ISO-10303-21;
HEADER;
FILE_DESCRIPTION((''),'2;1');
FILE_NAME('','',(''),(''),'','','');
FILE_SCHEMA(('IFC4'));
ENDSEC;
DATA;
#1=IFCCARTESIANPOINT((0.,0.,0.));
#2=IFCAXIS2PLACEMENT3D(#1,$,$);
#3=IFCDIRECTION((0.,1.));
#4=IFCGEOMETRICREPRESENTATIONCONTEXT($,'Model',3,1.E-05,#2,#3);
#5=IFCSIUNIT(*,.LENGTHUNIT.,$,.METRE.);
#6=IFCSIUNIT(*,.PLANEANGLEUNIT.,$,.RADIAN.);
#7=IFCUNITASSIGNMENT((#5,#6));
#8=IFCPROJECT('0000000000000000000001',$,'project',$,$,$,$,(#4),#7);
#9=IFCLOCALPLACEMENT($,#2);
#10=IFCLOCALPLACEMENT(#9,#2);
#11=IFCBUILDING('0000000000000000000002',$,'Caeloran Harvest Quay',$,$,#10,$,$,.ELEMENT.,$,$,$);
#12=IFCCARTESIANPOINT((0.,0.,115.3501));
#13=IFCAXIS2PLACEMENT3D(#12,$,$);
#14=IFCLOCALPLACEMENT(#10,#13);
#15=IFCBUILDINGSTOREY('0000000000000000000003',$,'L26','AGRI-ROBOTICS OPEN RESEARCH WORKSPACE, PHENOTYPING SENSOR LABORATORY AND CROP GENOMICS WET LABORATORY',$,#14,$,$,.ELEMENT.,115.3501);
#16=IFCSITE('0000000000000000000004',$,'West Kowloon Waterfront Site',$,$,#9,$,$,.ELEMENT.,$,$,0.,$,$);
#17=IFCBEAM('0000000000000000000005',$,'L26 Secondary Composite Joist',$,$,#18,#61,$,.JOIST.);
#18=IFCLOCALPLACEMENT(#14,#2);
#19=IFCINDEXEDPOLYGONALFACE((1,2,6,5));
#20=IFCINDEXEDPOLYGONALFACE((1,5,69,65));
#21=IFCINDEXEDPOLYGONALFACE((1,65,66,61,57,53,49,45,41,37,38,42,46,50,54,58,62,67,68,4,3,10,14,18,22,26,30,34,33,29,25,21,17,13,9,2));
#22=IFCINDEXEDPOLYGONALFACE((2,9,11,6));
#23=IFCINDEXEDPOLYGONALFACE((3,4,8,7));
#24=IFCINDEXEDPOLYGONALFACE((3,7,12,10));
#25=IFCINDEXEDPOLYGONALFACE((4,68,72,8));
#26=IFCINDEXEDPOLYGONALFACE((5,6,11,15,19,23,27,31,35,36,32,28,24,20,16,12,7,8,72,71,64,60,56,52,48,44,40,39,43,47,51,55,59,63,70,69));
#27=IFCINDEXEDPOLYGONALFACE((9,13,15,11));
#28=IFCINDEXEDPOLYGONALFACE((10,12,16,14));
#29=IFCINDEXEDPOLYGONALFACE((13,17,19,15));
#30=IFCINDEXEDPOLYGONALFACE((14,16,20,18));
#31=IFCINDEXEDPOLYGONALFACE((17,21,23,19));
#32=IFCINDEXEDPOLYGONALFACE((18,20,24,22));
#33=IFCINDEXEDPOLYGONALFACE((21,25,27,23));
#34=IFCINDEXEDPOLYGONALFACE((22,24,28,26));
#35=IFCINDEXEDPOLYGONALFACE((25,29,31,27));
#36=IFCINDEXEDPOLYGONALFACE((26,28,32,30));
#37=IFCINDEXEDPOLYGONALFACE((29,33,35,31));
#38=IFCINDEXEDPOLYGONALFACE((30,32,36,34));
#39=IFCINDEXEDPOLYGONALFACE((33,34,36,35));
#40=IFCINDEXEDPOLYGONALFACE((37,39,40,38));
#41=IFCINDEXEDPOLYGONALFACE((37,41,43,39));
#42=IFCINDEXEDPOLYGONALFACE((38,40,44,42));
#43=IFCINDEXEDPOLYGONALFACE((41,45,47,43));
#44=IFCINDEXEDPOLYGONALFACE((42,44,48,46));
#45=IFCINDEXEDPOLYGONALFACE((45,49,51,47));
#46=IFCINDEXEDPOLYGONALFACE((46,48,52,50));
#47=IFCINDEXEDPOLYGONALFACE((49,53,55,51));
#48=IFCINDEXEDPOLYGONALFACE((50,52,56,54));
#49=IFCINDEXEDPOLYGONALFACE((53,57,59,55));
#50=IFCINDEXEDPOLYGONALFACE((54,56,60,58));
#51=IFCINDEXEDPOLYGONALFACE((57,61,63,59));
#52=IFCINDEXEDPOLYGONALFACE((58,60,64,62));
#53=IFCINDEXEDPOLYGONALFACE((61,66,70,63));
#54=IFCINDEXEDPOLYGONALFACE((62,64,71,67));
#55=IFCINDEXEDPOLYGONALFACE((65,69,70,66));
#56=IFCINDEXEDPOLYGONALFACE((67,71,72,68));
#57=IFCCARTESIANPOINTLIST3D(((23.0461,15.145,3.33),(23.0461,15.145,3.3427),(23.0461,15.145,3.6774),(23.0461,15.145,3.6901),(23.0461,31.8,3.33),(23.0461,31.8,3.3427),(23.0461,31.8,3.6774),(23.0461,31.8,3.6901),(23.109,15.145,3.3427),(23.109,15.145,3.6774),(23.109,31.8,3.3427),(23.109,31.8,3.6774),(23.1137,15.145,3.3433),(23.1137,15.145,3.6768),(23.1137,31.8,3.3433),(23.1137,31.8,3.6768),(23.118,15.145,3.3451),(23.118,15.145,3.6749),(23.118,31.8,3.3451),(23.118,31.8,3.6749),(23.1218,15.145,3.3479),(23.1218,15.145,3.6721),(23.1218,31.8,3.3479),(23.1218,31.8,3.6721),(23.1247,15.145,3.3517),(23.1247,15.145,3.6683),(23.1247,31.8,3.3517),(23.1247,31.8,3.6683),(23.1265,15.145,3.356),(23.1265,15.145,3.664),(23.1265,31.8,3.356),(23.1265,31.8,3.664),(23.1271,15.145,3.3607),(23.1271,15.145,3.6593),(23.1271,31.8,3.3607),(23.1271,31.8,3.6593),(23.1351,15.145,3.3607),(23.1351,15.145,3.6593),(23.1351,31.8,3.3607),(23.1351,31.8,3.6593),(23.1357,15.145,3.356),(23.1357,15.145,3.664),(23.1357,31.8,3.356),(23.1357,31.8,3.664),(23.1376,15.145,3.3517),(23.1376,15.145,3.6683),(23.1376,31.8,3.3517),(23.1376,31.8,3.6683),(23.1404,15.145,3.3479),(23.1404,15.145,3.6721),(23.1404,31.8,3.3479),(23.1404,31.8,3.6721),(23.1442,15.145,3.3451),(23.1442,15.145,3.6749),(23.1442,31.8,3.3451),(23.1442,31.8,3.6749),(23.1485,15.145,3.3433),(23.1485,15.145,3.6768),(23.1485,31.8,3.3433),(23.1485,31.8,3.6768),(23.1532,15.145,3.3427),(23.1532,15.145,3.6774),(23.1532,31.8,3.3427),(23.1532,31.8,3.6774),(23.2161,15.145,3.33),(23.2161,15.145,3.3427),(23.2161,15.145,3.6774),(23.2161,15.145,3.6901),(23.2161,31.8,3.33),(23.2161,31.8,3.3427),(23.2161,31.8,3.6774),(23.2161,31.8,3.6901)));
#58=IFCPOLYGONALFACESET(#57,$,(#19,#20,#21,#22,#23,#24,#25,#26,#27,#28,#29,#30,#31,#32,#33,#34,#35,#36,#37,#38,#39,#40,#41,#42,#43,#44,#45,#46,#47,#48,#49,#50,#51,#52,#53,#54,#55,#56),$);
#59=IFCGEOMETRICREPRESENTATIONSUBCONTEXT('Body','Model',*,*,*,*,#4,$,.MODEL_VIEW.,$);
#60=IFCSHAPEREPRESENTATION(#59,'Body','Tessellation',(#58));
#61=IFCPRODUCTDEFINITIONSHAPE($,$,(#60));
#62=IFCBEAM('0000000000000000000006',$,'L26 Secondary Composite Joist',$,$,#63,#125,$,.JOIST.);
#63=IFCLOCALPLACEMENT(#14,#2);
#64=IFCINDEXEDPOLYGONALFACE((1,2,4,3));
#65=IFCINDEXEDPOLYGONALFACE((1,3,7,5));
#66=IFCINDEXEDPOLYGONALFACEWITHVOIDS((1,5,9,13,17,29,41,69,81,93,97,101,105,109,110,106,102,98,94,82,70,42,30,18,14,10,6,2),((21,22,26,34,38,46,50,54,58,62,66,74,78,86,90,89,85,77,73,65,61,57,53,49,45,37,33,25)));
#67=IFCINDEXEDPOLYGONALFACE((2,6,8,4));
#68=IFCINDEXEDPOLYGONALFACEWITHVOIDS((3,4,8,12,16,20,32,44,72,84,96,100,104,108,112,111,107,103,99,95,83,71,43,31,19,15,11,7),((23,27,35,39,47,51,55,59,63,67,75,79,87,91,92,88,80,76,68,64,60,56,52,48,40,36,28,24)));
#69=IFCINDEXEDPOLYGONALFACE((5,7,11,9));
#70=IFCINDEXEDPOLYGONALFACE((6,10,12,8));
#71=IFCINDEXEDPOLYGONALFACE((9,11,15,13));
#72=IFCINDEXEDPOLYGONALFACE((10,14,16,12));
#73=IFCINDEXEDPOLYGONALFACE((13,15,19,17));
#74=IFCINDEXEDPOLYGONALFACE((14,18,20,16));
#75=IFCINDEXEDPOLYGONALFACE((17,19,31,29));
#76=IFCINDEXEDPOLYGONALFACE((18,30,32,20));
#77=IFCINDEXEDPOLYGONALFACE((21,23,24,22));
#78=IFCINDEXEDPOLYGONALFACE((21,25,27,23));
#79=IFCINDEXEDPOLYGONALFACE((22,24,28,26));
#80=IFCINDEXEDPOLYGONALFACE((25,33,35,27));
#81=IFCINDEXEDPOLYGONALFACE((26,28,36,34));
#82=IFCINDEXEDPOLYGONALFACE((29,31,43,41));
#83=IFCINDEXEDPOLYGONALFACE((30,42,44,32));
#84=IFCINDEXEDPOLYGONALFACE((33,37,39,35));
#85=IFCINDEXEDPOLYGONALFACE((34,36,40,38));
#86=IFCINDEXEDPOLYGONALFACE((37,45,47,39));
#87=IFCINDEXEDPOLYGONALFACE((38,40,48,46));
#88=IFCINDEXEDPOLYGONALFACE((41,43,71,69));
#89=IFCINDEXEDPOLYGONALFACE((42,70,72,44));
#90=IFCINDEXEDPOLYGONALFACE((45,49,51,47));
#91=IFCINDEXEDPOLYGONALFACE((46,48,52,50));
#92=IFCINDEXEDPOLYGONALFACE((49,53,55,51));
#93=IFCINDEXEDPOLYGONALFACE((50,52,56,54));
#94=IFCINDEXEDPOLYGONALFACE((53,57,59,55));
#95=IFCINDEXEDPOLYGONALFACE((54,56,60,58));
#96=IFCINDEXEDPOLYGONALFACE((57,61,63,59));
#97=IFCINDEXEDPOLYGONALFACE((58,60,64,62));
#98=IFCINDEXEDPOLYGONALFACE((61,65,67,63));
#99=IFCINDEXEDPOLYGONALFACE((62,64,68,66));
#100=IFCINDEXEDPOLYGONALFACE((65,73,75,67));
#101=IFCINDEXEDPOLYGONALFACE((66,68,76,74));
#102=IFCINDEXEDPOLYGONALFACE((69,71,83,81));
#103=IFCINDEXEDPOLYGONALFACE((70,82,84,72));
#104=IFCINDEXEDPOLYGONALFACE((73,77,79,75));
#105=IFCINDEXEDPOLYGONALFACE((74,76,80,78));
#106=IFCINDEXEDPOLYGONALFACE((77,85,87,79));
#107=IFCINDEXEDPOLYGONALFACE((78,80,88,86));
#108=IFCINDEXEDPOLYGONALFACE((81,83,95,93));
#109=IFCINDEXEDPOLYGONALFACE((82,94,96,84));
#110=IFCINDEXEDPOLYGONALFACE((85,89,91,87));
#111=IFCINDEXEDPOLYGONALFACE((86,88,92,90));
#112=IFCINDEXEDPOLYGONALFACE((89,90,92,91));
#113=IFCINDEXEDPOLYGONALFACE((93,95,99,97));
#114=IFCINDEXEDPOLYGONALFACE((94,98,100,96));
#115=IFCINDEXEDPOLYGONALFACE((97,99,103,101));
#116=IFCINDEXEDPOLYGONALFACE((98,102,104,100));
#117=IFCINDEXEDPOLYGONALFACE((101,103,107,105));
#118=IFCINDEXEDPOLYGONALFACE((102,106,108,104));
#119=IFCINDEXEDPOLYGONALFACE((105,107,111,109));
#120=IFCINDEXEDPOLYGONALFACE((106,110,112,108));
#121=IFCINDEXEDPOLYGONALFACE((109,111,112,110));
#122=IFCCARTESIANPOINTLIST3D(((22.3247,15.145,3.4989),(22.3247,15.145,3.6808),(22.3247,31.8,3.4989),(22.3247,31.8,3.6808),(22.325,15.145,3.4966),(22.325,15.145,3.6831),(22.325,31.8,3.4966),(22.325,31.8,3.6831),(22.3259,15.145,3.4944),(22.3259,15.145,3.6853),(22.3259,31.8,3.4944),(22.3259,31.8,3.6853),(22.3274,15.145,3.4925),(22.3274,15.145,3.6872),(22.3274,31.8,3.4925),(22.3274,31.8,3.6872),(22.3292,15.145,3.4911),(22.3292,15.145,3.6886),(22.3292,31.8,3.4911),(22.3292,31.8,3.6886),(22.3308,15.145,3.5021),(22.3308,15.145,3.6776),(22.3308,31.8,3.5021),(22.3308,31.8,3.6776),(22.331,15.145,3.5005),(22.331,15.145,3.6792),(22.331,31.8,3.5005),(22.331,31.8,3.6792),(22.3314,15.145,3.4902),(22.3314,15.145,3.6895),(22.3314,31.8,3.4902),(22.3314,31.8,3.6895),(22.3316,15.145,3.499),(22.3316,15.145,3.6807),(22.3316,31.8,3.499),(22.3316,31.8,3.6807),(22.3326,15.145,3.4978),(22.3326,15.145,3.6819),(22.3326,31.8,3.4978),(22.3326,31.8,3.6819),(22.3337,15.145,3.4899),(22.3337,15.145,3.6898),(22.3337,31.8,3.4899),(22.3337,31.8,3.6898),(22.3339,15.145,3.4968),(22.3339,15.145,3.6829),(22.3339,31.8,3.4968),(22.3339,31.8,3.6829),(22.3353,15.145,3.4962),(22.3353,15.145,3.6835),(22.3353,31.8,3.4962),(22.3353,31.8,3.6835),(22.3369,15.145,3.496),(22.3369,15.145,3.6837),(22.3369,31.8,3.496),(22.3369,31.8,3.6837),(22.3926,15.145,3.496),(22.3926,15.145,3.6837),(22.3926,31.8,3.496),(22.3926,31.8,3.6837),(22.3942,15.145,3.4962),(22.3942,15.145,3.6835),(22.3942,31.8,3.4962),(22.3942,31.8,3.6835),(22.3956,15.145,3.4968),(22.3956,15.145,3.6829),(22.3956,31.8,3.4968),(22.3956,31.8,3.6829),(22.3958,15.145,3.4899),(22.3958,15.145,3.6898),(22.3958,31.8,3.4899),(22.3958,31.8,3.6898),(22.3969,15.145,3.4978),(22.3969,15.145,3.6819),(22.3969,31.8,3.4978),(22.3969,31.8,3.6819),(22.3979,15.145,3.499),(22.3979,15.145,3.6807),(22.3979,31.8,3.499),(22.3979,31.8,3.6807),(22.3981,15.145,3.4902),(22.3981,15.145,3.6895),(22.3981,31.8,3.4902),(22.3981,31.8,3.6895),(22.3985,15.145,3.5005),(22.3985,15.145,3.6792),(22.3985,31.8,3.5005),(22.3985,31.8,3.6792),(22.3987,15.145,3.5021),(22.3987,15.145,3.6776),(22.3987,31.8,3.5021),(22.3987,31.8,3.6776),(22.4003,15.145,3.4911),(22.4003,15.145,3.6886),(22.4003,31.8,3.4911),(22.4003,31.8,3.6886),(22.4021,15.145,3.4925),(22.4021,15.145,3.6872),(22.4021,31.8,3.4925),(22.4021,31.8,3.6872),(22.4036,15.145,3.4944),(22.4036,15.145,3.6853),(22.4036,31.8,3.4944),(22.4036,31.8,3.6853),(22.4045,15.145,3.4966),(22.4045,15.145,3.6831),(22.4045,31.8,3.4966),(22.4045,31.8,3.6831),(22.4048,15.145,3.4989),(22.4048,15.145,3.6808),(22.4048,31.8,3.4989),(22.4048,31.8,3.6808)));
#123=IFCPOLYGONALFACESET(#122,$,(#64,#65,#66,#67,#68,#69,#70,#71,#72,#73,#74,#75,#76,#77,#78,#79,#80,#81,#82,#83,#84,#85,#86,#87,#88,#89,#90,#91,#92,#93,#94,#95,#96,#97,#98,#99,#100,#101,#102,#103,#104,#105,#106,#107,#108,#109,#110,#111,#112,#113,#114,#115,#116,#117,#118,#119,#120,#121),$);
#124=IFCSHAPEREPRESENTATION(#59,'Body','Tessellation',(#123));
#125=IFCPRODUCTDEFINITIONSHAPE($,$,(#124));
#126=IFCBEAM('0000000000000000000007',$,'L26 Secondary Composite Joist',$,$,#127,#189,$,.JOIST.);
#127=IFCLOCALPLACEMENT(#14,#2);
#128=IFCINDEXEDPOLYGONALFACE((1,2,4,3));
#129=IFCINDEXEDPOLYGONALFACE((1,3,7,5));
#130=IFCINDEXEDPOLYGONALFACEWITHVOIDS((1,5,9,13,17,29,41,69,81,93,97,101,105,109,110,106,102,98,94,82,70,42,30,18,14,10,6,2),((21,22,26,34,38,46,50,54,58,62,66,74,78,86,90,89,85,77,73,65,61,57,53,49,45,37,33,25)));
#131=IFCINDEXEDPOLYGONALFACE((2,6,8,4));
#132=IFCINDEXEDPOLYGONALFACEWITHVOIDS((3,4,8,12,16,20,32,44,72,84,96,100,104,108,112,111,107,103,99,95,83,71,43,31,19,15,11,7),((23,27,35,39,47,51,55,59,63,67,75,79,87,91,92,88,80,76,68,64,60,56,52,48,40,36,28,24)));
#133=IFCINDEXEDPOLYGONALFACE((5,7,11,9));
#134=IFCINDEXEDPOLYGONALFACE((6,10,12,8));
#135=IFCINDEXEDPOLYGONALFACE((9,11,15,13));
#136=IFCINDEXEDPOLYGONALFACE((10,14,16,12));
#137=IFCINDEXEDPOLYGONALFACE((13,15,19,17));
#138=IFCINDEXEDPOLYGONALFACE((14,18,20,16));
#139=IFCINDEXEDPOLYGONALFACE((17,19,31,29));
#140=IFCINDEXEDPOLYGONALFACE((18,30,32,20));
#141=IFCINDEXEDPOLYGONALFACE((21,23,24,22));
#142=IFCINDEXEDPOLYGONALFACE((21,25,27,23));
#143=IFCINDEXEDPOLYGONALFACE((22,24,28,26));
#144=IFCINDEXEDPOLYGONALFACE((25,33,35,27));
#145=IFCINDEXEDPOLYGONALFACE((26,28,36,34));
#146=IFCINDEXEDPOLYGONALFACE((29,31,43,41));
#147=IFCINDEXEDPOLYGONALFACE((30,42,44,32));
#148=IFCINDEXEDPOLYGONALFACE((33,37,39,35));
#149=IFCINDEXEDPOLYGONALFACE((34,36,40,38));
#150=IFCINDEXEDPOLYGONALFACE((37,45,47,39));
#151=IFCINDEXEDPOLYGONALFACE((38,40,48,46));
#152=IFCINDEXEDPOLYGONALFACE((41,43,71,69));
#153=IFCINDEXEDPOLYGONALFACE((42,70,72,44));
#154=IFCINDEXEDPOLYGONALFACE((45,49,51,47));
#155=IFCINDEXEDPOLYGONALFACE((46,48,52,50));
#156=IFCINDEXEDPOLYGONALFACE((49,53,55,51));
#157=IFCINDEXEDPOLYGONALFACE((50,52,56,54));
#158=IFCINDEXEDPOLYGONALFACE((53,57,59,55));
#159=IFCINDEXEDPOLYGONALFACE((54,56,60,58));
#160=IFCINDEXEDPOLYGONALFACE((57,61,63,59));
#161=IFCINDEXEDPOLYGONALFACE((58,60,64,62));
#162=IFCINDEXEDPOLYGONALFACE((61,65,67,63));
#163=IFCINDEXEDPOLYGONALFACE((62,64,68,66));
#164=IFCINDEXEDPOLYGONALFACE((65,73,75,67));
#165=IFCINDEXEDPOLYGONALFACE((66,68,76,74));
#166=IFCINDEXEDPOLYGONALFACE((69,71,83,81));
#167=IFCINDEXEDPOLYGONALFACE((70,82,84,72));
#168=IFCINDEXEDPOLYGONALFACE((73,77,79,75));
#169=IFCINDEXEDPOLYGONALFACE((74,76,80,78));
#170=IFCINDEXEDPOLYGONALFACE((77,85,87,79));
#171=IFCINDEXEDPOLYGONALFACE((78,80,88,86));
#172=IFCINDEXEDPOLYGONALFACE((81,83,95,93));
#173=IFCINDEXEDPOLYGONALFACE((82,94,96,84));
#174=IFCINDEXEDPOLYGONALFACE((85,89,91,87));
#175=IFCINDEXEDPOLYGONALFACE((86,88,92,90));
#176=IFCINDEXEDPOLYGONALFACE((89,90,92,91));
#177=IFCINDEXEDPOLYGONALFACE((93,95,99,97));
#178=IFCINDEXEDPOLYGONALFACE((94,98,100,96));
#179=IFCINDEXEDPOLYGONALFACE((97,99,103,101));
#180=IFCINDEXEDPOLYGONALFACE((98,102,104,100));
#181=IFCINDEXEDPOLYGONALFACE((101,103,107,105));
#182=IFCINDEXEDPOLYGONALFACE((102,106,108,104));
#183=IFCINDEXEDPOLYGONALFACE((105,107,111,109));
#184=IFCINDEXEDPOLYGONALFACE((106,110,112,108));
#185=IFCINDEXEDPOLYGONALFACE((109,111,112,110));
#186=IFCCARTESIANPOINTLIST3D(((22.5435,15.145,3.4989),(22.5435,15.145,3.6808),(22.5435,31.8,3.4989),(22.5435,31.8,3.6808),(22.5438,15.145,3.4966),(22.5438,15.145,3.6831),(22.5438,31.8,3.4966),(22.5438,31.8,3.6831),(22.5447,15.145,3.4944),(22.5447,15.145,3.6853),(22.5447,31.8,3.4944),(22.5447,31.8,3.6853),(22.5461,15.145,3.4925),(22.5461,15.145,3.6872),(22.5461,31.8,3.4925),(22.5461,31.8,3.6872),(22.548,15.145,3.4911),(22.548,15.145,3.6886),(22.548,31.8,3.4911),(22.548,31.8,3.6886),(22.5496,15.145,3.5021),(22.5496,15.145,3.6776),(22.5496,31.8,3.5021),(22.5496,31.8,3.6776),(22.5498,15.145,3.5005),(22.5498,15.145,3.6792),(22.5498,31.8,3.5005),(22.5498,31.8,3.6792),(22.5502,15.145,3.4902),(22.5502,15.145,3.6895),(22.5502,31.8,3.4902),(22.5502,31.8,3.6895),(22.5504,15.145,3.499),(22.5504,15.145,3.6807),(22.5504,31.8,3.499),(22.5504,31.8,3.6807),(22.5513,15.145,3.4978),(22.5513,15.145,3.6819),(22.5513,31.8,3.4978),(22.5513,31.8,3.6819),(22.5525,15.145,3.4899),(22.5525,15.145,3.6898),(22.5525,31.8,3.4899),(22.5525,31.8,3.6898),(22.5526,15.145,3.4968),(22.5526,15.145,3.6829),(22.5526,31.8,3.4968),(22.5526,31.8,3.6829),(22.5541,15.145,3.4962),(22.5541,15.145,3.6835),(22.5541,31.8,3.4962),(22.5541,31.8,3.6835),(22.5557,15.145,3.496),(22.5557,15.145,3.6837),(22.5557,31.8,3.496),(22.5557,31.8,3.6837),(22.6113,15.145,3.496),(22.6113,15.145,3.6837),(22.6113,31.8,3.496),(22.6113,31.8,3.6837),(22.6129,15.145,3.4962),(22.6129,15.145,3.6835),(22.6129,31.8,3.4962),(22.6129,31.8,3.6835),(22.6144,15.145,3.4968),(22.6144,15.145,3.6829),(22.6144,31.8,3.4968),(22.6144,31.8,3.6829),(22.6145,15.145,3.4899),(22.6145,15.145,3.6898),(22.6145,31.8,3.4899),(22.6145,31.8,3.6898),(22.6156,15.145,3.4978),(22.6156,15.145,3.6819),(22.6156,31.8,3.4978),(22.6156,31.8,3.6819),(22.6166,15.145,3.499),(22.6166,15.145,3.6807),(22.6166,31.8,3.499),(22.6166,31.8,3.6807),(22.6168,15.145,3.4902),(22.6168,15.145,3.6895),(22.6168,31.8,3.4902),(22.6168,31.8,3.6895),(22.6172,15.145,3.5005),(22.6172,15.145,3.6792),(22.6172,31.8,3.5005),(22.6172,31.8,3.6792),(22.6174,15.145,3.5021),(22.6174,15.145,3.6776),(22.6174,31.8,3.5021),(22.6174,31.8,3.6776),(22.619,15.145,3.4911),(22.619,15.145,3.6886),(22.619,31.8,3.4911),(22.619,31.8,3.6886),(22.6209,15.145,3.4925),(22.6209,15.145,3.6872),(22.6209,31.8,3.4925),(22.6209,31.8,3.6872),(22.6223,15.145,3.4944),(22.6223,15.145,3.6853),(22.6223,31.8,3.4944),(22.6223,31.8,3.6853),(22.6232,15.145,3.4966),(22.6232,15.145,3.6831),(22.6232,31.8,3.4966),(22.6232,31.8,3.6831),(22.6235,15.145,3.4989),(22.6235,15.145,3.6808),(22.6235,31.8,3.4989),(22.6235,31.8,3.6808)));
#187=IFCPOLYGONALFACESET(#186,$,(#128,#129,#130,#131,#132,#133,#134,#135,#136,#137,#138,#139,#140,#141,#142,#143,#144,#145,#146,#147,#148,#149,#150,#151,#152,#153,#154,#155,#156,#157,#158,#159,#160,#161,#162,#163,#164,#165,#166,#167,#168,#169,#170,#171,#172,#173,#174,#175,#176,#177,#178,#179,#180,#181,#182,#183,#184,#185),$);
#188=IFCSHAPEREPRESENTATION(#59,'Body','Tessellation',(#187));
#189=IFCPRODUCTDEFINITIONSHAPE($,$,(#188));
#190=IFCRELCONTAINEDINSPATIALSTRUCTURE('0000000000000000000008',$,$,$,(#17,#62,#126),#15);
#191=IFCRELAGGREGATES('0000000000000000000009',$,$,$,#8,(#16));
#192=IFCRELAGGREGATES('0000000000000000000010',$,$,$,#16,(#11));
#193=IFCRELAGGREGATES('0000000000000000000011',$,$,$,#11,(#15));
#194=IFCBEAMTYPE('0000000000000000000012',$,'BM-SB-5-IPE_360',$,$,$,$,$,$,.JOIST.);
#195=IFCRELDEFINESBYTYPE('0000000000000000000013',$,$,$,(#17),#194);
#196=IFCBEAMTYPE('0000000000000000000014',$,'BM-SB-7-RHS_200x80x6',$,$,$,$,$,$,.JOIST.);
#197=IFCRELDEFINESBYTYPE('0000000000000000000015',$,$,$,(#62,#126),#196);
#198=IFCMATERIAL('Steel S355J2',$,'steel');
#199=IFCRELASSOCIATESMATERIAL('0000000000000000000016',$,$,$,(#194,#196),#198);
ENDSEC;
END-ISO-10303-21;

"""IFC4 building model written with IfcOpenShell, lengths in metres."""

from ifc_helpers import new_model, si_unit, direction, frame, origin, origin_2d, place, context, subcontext, project, spatial, hollow_rectangle, i_section, extrude, material, material_profile, profile_set, type_object, element, save


model = new_model("IFC4")

# Units and contexts
model_context = context("Model", 3, precision=1e-05, world=origin(), true_north=direction((0.0, 1.0)))
body_context = subcontext(model_context, "Body", "Model", "MODEL_VIEW")
ifc_project = project(units=[si_unit("LENGTHUNIT", "METRE"), si_unit("PLANEANGLEUNIT", "RADIAN")], contexts=[model_context])

# Site, building, storey
site_placement = place(None, origin())
site = spatial("IfcSite", under=ifc_project, at=site_placement, Name="West Kowloon Waterfront Site", CompositionType="ELEMENT", RefElevation=0.0)
building_placement = place(site_placement, origin())
building = spatial("IfcBuilding", under=site, at=building_placement, Name="Caeloran Harvest Quay", CompositionType="ELEMENT")
storey_placement = place(building_placement, frame((0.0, 0.0, 115.3501)))
storey = spatial("IfcBuildingStorey", under=building, at=storey_placement, Name="L26", Description="AGRI-ROBOTICS OPEN RESEARCH WORKSPACE, PHENOTYPING SENSOR LABORATORY AND CROP GENOMICS WET LABORATORY", CompositionType="ELEMENT", Elevation=115.3501)

# Beams
ifc_material_1 = material(Name="Steel S355J2", Category="steel")
ifc_material_profile_1 = material_profile(ifc_material_1, i_section(OverallWidth=0.1699, OverallDepth=0.3601, WebThickness=0.0081, FlangeThickness=0.0127, FilletRadius=0.0181, at=origin_2d()), Name="IPE 360")
ifc_profile_set_1 = profile_set([ifc_material_profile_1], Name="Steel S355J2")
beam_type_1 = type_object("IfcBeamType", Name="BM-SB-5-IPE_360", PredefinedType="JOIST", material=ifc_profile_set_1)
for number, where, z_axis, x_axis, name in (
    (1, (23.1311, 15.145, 3.51), (0.0, 1.0, 0.0), (-1.0, 0.0, 0.0), "L26 Secondary Composite Joist"),
):
    element("IfcBeam", number, at=place(storey_placement, frame(where, z_axis=z_axis, x_axis=x_axis)), inside=storey, type_object=beam_type_1, Name=name, PredefinedType="JOIST", context=body_context, shape_type="SweptSolid", body=[
        extrude(i_section(OverallWidth=0.1699, OverallDepth=0.3601, WebThickness=0.0081, FlangeThickness=0.0127, FilletRadius=0.0181, at=origin_2d()), origin(), (0.0, 0.0, 1.0), 16.655),
    ])
ifc_material_profile_2 = material_profile(ifc_material_1, hollow_rectangle(XDim=0.0801, YDim=0.2, WallThickness=0.0061, InnerFilletRadius=0.0061, OuterFilletRadius=0.009, at=origin_2d()), Name="RHS 200x80x6")
ifc_profile_set_2 = profile_set([ifc_material_profile_2], Name="Steel S355J2")
beam_type_2 = type_object("IfcBeamType", Name="BM-SB-7-RHS_200x80x6", PredefinedType="JOIST", material=ifc_profile_set_2)
for number, where, z_axis, x_axis, name in (
    (2, (22.3647, 15.145, 3.5898), (0.0, 1.0, 0.0), (-1.0, 0.0, 0.0), "L26 Secondary Composite Joist"),
    (3, (22.5835, 15.145, 3.5898), (0.0, 1.0, 0.0), (-1.0, 0.0, 0.0), "L26 Secondary Composite Joist"),
):
    element("IfcBeam", number, at=place(storey_placement, frame(where, z_axis=z_axis, x_axis=x_axis)), inside=storey, type_object=beam_type_2, Name=name, PredefinedType="JOIST", context=body_context, shape_type="SweptSolid", body=[
        extrude(hollow_rectangle(XDim=0.0801, YDim=0.2, WallThickness=0.0061, InnerFilletRadius=0.0061, OuterFilletRadius=0.009, at=origin_2d()), origin(), (0.0, 0.0, 1.0), 16.655),
    ])

save(model, "model.ifc")
